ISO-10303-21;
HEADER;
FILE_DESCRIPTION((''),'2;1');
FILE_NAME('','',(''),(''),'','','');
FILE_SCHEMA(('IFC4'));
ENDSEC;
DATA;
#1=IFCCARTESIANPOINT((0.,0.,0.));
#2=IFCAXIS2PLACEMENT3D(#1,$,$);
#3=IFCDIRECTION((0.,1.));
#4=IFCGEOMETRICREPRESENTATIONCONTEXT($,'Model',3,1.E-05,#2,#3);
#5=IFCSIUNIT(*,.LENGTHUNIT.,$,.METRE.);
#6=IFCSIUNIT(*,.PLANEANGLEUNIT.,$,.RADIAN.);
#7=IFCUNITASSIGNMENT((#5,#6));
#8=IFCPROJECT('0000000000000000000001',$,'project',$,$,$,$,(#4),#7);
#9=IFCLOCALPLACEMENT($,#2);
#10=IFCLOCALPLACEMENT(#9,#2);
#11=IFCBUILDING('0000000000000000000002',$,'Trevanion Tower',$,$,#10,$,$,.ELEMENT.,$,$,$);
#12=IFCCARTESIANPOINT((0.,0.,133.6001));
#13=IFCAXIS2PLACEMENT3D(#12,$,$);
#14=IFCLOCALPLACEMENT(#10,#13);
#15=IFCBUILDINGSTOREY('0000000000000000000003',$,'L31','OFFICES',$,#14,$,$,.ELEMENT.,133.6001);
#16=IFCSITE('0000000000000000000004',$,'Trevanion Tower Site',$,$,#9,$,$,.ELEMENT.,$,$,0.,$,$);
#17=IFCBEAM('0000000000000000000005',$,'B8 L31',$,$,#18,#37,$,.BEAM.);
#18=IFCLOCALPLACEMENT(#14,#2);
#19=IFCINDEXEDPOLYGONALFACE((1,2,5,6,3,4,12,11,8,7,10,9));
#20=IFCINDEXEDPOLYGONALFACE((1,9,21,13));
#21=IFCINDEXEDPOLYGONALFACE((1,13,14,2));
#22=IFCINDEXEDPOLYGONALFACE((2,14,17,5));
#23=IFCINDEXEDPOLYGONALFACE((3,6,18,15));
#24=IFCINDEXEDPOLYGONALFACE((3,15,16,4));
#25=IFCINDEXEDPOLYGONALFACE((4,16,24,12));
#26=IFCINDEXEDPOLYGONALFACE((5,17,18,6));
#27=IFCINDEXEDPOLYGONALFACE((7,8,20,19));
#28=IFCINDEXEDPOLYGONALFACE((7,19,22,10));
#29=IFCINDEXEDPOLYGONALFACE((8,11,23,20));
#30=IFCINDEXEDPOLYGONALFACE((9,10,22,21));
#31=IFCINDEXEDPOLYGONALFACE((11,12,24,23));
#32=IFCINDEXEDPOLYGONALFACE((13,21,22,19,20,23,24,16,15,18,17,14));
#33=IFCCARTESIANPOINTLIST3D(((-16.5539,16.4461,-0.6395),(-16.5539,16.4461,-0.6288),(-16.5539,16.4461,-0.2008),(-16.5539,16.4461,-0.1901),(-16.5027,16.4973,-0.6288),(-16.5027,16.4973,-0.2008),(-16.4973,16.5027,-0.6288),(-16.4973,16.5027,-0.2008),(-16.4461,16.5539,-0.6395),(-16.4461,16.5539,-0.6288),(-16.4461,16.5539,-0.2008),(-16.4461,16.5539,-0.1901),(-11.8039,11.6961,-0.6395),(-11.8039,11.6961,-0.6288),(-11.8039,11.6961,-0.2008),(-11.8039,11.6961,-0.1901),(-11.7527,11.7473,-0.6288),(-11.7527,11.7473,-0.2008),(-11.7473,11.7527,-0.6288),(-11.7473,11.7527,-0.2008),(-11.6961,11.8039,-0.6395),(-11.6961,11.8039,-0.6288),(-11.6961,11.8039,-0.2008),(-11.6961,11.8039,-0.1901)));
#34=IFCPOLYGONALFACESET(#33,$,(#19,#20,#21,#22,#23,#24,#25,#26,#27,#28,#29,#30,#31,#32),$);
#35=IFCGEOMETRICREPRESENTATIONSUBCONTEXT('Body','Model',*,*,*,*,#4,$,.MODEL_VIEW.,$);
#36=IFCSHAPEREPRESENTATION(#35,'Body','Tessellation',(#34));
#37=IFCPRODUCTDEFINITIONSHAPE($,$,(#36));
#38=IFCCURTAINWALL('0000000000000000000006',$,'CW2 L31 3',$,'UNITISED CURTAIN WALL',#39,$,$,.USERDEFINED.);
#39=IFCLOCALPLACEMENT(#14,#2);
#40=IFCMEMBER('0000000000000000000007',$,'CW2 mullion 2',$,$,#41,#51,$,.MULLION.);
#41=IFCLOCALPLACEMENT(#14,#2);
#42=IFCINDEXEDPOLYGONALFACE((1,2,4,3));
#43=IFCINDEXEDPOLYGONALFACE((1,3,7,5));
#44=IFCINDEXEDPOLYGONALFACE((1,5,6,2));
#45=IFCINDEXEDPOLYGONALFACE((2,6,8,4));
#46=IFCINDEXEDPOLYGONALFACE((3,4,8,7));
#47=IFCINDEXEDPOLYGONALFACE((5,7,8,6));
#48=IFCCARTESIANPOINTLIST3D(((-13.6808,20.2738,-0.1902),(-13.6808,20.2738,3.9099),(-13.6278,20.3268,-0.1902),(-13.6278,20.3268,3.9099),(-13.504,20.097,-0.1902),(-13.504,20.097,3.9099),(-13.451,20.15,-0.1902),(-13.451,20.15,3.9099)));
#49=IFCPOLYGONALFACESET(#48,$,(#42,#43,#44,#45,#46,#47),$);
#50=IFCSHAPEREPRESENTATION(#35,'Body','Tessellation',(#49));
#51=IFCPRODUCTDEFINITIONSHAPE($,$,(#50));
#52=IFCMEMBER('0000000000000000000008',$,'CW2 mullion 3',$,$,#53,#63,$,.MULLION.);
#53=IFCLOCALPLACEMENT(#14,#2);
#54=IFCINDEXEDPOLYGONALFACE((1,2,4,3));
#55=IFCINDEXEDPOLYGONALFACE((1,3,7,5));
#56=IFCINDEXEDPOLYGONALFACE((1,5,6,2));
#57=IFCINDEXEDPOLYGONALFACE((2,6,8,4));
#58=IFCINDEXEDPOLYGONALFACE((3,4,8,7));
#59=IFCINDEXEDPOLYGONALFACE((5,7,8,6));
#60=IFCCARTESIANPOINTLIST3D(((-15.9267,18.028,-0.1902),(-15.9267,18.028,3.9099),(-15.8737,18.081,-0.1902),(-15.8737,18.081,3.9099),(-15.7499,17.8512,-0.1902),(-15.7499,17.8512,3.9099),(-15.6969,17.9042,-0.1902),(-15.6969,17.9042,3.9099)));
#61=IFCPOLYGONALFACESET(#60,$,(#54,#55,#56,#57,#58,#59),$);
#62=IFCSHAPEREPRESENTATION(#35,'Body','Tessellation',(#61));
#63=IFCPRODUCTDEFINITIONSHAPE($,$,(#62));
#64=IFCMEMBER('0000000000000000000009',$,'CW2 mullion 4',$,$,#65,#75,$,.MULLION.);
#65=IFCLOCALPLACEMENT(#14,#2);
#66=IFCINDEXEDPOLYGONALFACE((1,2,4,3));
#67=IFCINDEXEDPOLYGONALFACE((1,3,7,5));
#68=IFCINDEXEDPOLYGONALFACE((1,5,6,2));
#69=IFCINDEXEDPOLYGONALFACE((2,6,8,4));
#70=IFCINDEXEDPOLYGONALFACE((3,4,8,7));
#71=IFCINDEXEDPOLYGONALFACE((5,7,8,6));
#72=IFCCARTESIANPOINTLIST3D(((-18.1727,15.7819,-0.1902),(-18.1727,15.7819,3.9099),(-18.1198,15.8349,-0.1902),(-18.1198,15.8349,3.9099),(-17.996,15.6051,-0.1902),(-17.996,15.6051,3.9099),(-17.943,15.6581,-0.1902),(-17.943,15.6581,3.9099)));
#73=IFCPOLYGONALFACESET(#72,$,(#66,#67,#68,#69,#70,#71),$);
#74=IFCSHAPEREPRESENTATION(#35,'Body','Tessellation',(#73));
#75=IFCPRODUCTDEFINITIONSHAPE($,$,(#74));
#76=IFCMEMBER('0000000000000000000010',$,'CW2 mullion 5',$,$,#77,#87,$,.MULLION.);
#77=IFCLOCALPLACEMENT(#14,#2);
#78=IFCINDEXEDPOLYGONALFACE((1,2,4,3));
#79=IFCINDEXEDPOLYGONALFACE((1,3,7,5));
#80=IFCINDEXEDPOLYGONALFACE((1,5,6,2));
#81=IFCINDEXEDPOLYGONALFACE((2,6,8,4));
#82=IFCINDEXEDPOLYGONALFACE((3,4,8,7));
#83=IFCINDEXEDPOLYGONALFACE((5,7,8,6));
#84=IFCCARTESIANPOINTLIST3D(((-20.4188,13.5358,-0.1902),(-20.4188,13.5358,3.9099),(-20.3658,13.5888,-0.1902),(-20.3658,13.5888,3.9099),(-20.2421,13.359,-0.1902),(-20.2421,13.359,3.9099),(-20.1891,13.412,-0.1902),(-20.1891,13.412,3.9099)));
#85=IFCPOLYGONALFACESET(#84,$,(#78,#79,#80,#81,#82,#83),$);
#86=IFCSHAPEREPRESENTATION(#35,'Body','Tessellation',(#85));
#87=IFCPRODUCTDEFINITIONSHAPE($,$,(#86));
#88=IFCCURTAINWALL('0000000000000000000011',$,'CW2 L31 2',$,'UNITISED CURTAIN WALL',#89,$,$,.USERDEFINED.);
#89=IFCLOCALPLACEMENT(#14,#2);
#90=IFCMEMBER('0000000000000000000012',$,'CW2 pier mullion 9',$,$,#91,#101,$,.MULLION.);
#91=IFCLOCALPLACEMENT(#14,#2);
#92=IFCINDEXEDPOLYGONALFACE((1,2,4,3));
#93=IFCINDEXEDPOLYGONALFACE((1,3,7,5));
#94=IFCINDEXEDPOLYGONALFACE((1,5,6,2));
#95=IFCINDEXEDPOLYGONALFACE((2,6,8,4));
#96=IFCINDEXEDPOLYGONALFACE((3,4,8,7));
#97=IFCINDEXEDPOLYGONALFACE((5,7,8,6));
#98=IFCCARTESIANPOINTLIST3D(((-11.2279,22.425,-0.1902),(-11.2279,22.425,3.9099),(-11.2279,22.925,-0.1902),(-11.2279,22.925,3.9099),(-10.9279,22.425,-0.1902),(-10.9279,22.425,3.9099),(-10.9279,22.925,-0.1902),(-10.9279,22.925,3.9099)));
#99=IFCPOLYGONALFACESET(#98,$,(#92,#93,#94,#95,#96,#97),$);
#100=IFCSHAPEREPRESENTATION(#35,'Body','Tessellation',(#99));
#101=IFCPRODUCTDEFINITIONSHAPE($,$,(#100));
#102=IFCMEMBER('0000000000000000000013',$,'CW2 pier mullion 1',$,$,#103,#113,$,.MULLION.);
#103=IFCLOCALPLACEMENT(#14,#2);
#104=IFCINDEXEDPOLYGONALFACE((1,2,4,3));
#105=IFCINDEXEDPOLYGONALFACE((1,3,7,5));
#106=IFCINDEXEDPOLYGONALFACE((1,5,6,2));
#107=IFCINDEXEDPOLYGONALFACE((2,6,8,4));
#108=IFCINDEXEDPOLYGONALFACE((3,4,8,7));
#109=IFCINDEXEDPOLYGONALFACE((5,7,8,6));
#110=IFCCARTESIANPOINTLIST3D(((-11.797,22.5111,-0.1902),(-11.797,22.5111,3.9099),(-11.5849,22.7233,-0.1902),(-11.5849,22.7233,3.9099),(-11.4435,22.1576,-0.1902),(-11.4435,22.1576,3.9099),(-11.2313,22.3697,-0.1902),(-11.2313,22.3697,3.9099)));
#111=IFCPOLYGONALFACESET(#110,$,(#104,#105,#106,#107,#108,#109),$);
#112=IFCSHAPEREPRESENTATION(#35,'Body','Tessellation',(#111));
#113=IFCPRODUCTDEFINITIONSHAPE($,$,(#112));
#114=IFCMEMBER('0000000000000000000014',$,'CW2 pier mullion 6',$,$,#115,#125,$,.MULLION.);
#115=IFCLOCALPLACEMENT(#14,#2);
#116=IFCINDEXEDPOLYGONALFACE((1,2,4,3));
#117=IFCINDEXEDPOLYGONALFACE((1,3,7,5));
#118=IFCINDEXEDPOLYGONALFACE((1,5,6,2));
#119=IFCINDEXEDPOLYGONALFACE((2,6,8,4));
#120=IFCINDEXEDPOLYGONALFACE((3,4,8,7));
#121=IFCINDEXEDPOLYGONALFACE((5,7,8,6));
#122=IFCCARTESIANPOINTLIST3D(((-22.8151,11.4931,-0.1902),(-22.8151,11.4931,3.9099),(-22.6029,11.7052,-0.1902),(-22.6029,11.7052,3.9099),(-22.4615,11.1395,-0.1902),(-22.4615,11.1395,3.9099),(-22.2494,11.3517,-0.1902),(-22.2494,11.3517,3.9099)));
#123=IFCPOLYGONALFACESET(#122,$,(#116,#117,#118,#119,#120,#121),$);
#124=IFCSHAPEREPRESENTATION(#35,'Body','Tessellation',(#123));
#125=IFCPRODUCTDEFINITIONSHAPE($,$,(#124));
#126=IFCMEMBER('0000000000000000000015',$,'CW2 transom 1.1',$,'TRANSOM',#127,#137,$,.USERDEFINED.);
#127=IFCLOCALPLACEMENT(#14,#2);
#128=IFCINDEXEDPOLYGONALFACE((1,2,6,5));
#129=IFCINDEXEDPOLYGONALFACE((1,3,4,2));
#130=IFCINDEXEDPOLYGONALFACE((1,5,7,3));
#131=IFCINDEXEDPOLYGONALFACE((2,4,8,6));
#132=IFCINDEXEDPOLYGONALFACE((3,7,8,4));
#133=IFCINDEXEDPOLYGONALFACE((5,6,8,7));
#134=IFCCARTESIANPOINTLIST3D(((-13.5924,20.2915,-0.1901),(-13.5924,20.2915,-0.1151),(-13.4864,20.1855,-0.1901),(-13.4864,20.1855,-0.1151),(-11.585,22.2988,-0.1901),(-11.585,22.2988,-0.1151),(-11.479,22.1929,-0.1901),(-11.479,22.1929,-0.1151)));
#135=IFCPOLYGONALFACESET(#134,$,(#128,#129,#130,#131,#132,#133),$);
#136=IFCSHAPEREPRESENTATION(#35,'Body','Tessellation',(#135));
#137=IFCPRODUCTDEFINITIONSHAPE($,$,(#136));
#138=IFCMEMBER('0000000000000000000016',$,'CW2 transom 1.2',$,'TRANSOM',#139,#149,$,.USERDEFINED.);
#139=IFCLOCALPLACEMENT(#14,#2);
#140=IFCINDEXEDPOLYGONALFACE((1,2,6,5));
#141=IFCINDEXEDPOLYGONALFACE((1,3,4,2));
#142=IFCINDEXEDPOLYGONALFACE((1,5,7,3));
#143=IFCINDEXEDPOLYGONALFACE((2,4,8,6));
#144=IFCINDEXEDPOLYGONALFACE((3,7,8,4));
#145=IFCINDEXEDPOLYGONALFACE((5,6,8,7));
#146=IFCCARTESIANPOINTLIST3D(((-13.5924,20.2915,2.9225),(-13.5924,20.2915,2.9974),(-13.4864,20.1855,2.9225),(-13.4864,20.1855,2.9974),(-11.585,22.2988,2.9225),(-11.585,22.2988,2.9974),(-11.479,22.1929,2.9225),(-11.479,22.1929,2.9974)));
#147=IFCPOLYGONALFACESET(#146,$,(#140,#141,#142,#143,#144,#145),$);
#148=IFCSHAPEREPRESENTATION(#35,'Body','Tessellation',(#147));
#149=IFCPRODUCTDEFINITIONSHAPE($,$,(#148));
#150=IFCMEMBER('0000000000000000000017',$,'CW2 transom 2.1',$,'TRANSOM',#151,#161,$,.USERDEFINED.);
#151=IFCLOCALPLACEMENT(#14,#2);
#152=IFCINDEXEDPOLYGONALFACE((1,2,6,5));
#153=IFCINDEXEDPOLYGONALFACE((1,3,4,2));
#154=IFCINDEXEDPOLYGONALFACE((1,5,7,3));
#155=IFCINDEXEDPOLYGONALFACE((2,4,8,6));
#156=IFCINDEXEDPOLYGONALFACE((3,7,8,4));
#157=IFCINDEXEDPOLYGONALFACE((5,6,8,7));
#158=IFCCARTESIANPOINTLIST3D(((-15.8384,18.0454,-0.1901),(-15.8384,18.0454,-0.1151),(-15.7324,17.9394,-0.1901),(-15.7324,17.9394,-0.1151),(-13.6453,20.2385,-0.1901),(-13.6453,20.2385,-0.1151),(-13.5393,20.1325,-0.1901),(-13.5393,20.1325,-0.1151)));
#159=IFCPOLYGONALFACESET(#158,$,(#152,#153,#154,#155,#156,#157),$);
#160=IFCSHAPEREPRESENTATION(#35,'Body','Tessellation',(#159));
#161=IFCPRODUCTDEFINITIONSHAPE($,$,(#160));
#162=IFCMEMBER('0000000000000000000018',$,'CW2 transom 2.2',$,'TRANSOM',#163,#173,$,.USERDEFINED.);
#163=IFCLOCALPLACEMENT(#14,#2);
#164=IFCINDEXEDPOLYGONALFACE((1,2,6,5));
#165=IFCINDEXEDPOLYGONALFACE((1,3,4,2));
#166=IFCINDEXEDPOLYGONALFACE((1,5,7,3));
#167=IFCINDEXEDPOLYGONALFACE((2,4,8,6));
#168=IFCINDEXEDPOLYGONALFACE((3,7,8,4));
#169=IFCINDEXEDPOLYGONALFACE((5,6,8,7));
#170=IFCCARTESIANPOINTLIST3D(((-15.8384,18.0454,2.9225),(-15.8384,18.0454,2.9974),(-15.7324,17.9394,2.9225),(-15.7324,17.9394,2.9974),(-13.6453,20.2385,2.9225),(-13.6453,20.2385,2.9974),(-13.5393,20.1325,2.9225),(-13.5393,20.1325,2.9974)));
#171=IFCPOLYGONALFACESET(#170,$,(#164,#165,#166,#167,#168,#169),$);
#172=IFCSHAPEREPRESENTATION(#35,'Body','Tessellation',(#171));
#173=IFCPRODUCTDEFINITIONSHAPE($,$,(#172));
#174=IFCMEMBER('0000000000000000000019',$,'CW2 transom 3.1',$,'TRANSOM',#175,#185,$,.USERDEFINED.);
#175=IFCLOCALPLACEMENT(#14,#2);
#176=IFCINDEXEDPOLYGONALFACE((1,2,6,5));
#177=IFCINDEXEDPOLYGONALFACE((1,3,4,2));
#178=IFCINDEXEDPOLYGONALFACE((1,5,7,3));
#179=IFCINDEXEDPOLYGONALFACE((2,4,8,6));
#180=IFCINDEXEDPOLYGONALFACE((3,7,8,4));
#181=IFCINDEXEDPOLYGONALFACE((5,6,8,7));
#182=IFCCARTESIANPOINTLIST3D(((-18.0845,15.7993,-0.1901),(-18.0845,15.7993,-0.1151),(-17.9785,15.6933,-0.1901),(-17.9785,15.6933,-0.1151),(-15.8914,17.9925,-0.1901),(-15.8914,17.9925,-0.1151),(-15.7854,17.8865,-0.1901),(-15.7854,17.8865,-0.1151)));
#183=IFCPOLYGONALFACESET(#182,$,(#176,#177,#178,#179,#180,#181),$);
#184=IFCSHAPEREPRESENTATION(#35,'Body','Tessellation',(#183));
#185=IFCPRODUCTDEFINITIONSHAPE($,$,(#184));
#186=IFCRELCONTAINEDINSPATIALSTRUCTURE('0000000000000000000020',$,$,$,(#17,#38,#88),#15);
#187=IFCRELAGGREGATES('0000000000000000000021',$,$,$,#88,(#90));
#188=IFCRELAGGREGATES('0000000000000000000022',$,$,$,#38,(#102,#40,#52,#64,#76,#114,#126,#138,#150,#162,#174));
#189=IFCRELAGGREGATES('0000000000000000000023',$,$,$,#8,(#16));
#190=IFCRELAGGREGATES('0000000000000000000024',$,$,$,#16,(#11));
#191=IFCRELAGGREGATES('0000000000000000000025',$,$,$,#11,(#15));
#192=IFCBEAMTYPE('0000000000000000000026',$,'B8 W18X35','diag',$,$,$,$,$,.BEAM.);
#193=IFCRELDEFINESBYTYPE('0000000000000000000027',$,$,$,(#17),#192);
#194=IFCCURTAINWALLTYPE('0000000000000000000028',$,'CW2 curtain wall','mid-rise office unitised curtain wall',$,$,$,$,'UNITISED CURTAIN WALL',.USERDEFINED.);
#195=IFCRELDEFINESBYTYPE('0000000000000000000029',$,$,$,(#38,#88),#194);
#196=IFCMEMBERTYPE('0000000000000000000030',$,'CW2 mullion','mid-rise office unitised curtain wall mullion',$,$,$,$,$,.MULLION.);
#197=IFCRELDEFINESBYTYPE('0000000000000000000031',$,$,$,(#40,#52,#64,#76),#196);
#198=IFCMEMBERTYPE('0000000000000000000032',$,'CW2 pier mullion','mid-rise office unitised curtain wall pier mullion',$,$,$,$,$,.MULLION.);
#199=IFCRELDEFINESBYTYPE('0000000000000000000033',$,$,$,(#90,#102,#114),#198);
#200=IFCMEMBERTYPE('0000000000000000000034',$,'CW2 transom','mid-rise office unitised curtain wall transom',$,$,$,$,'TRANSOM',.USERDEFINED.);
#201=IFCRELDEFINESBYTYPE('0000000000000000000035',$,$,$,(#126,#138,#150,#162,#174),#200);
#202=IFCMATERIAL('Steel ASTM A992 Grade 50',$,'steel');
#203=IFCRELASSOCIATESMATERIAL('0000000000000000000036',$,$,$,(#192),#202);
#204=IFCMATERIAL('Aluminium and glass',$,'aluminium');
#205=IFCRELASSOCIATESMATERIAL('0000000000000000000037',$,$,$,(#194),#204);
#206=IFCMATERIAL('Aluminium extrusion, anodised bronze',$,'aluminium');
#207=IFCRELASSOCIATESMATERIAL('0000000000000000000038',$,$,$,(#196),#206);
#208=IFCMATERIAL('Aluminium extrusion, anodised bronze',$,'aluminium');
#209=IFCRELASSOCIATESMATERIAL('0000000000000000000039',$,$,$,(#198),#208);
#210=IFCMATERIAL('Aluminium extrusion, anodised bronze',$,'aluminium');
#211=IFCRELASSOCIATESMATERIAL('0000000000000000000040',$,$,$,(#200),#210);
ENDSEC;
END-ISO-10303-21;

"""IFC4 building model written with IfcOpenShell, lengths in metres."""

from ifc_helpers import new_model, si_unit, direction, frame, origin, origin_2d, place, context, subcontext, project, spatial, rectangle, i_section, extrude, material, material_profile, profile_set, type_object, element, aggregate, save


model = new_model("IFC4")

# Units and contexts
model_context = context("Model", 3, precision=1e-05, world=origin(), true_north=direction((0.0, 1.0)))
body_context = subcontext(model_context, "Body", "Model", "MODEL_VIEW")
ifc_project = project(units=[si_unit("LENGTHUNIT", "METRE"), si_unit("PLANEANGLEUNIT", "RADIAN")], contexts=[model_context])

# Site, building, storey
site_placement = place(None, origin())
site = spatial("IfcSite", under=ifc_project, at=site_placement, Name="Trevanion Tower Site", CompositionType="ELEMENT", RefElevation=0.0)
building_placement = place(site_placement, origin())
building = spatial("IfcBuilding", under=site, at=building_placement, Name="Trevanion Tower", CompositionType="ELEMENT")
storey_placement = place(building_placement, frame((0.0, 0.0, 133.6001)))
storey = spatial("IfcBuildingStorey", under=building, at=storey_placement, Name="L31", Description="OFFICES", CompositionType="ELEMENT", Elevation=133.6001)

# Beam
ifc_material_1 = material(Name="Steel ASTM A992 Grade 50", Category="steel")
ifc_material_profile_1 = material_profile(ifc_material_1, i_section(OverallWidth=0.1523, OverallDepth=0.4495, WebThickness=0.0076, FlangeThickness=0.0107, at=origin_2d()), Name="W18X35")
ifc_profile_set_1 = profile_set([ifc_material_profile_1], Name="Steel ASTM A992 Grade 50")
beam_type_1 = type_object("IfcBeamType", Name="B8 W18X35", Description="diag", PredefinedType="BEAM", material=ifc_profile_set_1)
beam_1_placement = place(storey_placement, frame((-11.75, 11.75, -0.4148), z_axis=(-0.707107, 0.707107, 0.0), x_axis=(-0.707107, -0.707107, 0.0)))
element("IfcBeam", 1, at=beam_1_placement, inside=storey, type_object=beam_type_1, Name="B8 L31", PredefinedType="BEAM", context=body_context, shape_type="SweptSolid", body=[
    extrude(i_section(OverallWidth=0.1523, OverallDepth=0.4495, WebThickness=0.0076, FlangeThickness=0.0107, at=origin_2d()), origin(), (0.0, 0.0, 1.0), 6.7175),
])

# Curtain wall, members
ifc_material_2 = material(Name="Aluminium and glass", Category="aluminium")
curtain_wall_type = type_object("IfcCurtainWallType", Name="CW2 curtain wall", Description="mid-rise office unitised curtain wall", ElementType="UNITISED CURTAIN WALL", PredefinedType="USERDEFINED", material=ifc_material_2)
curtain_wall_1_placement = place(storey_placement, origin())
curtain_wall_1 = element("IfcCurtainWall", 2, at=curtain_wall_1_placement, inside=storey, type_object=curtain_wall_type, Name="CW2 L31 3", ObjectType="UNITISED CURTAIN WALL", PredefinedType="USERDEFINED")
ifc_material_3 = material(Name="Aluminium extrusion, anodised bronze", Category="aluminium")
ifc_material_profile_2 = material_profile(ifc_material_3, rectangle(XDim=0.075, YDim=0.25, at=origin_2d()), Name="CW2 mullion")
ifc_profile_set_2 = profile_set([ifc_material_profile_2], Name="Aluminium extrusion, anodised bronze")
member_type_1 = type_object("IfcMemberType", Name="CW2 mullion", Description="mid-rise office unitised curtain wall mullion", PredefinedType="MULLION", material=ifc_profile_set_2)
member_1_placement = place(storey_placement, frame((-13.5659, 20.2119, -0.1902), z_axis=(0.0, 0.0, 1.0), x_axis=(-0.707107, -0.707107, 0.0)))
member_1 = element("IfcMember", 3, at=member_1_placement, type_object=member_type_1, Name="CW2 mullion 2", PredefinedType="MULLION", context=body_context, shape_type="SweptSolid", body=[
    extrude(rectangle(XDim=0.075, YDim=0.25, at=origin_2d()), origin(), (0.0, 0.0, 1.0), 4.1001),
])
member_2_placement = place(storey_placement, frame((-15.8118, 17.9661, -0.1902), z_axis=(0.0, 0.0, 1.0), x_axis=(-0.707107, -0.707107, 0.0)))
member_2 = element("IfcMember", 4, at=member_2_placement, type_object=member_type_1, Name="CW2 mullion 3", PredefinedType="MULLION", context=body_context, shape_type="SweptSolid", body=[
    extrude(rectangle(XDim=0.075, YDim=0.25, at=origin_2d()), origin(), (0.0, 0.0, 1.0), 4.1001),
])
member_3_placement = place(storey_placement, frame((-18.0579, 15.72, -0.1902), z_axis=(0.0, 0.0, 1.0), x_axis=(-0.707107, -0.707107, 0.0)))
member_3 = element("IfcMember", 5, at=member_3_placement, type_object=member_type_1, Name="CW2 mullion 4", PredefinedType="MULLION", context=body_context, shape_type="SweptSolid", body=[
    extrude(rectangle(XDim=0.075, YDim=0.25, at=origin_2d()), origin(), (0.0, 0.0, 1.0), 4.1001),
])
member_4_placement = place(storey_placement, frame((-20.304, 13.4739, -0.1902), z_axis=(0.0, 0.0, 1.0), x_axis=(-0.707107, -0.707107, 0.0)))
member_4 = element("IfcMember", 6, at=member_4_placement, type_object=member_type_1, Name="CW2 mullion 5", PredefinedType="MULLION", context=body_context, shape_type="SweptSolid", body=[
    extrude(rectangle(XDim=0.075, YDim=0.25, at=origin_2d()), origin(), (0.0, 0.0, 1.0), 4.1001),
])

# Curtain wall, member
curtain_wall_2_placement = place(storey_placement, origin())
curtain_wall_2 = element("IfcCurtainWall", 7, at=curtain_wall_2_placement, inside=storey, type_object=curtain_wall_type, Name="CW2 L31 2", ObjectType="UNITISED CURTAIN WALL", PredefinedType="USERDEFINED")
ifc_material_4 = material(Name="Aluminium extrusion, anodised bronze", Category="aluminium")
ifc_material_profile_3 = material_profile(ifc_material_4, rectangle(XDim=0.3, YDim=0.5, at=origin_2d()), Name="CW2 pier mullion")
ifc_profile_set_3 = profile_set([ifc_material_profile_3], Name="Aluminium extrusion, anodised bronze")
member_type_2 = type_object("IfcMemberType", Name="CW2 pier mullion", Description="mid-rise office unitised curtain wall pier mullion", PredefinedType="MULLION", material=ifc_profile_set_3)
member_5_placement = place(storey_placement, frame((-11.0779, 22.675, -0.1902), z_axis=(0.0, 0.0, 1.0), x_axis=(-1.0, 0.0, 0.0)))
member_5 = element("IfcMember", 8, at=member_5_placement, type_object=member_type_2, Name="CW2 pier mullion 9", PredefinedType="MULLION", context=body_context, shape_type="SweptSolid", body=[
    extrude(rectangle(XDim=0.3, YDim=0.5, at=origin_2d()), origin(), (0.0, 0.0, 1.0), 4.1001),
])
aggregate(curtain_wall_2, [member_5])

# Members
member_6_placement = place(storey_placement, frame((-11.5142, 22.4404, -0.1902), z_axis=(0.0, 0.0, 1.0), x_axis=(-0.707107, -0.707107, 0.0)))
member_6 = element("IfcMember", 9, at=member_6_placement, type_object=member_type_2, Name="CW2 pier mullion 1", PredefinedType="MULLION", context=body_context, shape_type="SweptSolid", body=[
    extrude(rectangle(XDim=0.3, YDim=0.5, at=origin_2d()), origin(), (0.0, 0.0, 1.0), 4.1001),
])
member_7_placement = place(storey_placement, frame((-22.5322, 11.4224, -0.1902), z_axis=(0.0, 0.0, 1.0), x_axis=(-0.707107, -0.707107, 0.0)))
member_7 = element("IfcMember", 10, at=member_7_placement, type_object=member_type_2, Name="CW2 pier mullion 6", PredefinedType="MULLION", context=body_context, shape_type="SweptSolid", body=[
    extrude(rectangle(XDim=0.3, YDim=0.5, at=origin_2d()), origin(), (0.0, 0.0, 1.0), 4.1001),
])
ifc_material_5 = material(Name="Aluminium extrusion, anodised bronze", Category="aluminium")
ifc_material_profile_4 = material_profile(ifc_material_5, rectangle(XDim=0.1499, YDim=0.075, at=origin_2d()), Name="CW2 transom")
ifc_profile_set_4 = profile_set([ifc_material_profile_4], Name="Aluminium extrusion, anodised bronze")
member_type_3 = type_object("IfcMemberType", Name="CW2 transom", Description="mid-rise office unitised curtain wall transom", ElementType="TRANSOM", PredefinedType="USERDEFINED", material=ifc_profile_set_4)
member_8_placement = place(storey_placement, frame((-11.532, 22.2458, -0.1526), z_axis=(-0.707107, -0.707107, 0.0), x_axis=(0.707107, -0.707107, 0.0)))
member_8 = element("IfcMember", 11, at=member_8_placement, type_object=member_type_3, Name="CW2 transom 1.1", ObjectType="TRANSOM", PredefinedType="USERDEFINED", context=body_context, shape_type="SweptSolid", body=[
    extrude(rectangle(XDim=0.1499, YDim=0.075, at=origin_2d()), origin(), (0.0, 0.0, 1.0), 2.8389),
])
member_9_placement = place(storey_placement, frame((-11.532, 22.2458, 2.96), z_axis=(-0.707107, -0.707107, 0.0), x_axis=(0.707107, -0.707107, 0.0)))
member_9 = element("IfcMember", 12, at=member_9_placement, type_object=member_type_3, Name="CW2 transom 1.2", ObjectType="TRANSOM", PredefinedType="USERDEFINED", context=body_context, shape_type="SweptSolid", body=[
    extrude(rectangle(XDim=0.1499, YDim=0.075, at=origin_2d()), origin(), (0.0, 0.0, 1.0), 2.8389),
])
member_10_placement = place(storey_placement, frame((-13.5923, 20.1855, -0.1526), z_axis=(-0.707107, -0.707107, 0.0), x_axis=(0.707107, -0.707107, 0.0)))
member_10 = element("IfcMember", 13, at=member_10_placement, type_object=member_type_3, Name="CW2 transom 2.1", ObjectType="TRANSOM", PredefinedType="USERDEFINED", context=body_context, shape_type="SweptSolid", body=[
    extrude(rectangle(XDim=0.1499, YDim=0.075, at=origin_2d()), origin(), (0.0, 0.0, 1.0), 3.1016),
])
member_11_placement = place(storey_placement, frame((-13.5923, 20.1855, 2.96), z_axis=(-0.707107, -0.707107, 0.0), x_axis=(0.707107, -0.707107, 0.0)))
member_11 = element("IfcMember", 14, at=member_11_placement, type_object=member_type_3, Name="CW2 transom 2.2", ObjectType="TRANSOM", PredefinedType="USERDEFINED", context=body_context, shape_type="SweptSolid", body=[
    extrude(rectangle(XDim=0.1499, YDim=0.075, at=origin_2d()), origin(), (0.0, 0.0, 1.0), 3.1016),
])
member_12_placement = place(storey_placement, frame((-15.8384, 17.9395, -0.1526), z_axis=(-0.707107, -0.707107, 0.0), x_axis=(0.707107, -0.707107, 0.0)))
member_12 = element("IfcMember", 15, at=member_12_placement, type_object=member_type_3, Name="CW2 transom 3.1", ObjectType="TRANSOM", PredefinedType="USERDEFINED", context=body_context, shape_type="SweptSolid", body=[
    extrude(rectangle(XDim=0.1499, YDim=0.075, at=origin_2d()), origin(), (0.0, 0.0, 1.0), 3.1016),
])

aggregate(curtain_wall_1, [member_6, member_1, member_2, member_3, member_4, member_7, member_8, member_9, member_10, member_11, member_12])

save(model, "model.ifc")
